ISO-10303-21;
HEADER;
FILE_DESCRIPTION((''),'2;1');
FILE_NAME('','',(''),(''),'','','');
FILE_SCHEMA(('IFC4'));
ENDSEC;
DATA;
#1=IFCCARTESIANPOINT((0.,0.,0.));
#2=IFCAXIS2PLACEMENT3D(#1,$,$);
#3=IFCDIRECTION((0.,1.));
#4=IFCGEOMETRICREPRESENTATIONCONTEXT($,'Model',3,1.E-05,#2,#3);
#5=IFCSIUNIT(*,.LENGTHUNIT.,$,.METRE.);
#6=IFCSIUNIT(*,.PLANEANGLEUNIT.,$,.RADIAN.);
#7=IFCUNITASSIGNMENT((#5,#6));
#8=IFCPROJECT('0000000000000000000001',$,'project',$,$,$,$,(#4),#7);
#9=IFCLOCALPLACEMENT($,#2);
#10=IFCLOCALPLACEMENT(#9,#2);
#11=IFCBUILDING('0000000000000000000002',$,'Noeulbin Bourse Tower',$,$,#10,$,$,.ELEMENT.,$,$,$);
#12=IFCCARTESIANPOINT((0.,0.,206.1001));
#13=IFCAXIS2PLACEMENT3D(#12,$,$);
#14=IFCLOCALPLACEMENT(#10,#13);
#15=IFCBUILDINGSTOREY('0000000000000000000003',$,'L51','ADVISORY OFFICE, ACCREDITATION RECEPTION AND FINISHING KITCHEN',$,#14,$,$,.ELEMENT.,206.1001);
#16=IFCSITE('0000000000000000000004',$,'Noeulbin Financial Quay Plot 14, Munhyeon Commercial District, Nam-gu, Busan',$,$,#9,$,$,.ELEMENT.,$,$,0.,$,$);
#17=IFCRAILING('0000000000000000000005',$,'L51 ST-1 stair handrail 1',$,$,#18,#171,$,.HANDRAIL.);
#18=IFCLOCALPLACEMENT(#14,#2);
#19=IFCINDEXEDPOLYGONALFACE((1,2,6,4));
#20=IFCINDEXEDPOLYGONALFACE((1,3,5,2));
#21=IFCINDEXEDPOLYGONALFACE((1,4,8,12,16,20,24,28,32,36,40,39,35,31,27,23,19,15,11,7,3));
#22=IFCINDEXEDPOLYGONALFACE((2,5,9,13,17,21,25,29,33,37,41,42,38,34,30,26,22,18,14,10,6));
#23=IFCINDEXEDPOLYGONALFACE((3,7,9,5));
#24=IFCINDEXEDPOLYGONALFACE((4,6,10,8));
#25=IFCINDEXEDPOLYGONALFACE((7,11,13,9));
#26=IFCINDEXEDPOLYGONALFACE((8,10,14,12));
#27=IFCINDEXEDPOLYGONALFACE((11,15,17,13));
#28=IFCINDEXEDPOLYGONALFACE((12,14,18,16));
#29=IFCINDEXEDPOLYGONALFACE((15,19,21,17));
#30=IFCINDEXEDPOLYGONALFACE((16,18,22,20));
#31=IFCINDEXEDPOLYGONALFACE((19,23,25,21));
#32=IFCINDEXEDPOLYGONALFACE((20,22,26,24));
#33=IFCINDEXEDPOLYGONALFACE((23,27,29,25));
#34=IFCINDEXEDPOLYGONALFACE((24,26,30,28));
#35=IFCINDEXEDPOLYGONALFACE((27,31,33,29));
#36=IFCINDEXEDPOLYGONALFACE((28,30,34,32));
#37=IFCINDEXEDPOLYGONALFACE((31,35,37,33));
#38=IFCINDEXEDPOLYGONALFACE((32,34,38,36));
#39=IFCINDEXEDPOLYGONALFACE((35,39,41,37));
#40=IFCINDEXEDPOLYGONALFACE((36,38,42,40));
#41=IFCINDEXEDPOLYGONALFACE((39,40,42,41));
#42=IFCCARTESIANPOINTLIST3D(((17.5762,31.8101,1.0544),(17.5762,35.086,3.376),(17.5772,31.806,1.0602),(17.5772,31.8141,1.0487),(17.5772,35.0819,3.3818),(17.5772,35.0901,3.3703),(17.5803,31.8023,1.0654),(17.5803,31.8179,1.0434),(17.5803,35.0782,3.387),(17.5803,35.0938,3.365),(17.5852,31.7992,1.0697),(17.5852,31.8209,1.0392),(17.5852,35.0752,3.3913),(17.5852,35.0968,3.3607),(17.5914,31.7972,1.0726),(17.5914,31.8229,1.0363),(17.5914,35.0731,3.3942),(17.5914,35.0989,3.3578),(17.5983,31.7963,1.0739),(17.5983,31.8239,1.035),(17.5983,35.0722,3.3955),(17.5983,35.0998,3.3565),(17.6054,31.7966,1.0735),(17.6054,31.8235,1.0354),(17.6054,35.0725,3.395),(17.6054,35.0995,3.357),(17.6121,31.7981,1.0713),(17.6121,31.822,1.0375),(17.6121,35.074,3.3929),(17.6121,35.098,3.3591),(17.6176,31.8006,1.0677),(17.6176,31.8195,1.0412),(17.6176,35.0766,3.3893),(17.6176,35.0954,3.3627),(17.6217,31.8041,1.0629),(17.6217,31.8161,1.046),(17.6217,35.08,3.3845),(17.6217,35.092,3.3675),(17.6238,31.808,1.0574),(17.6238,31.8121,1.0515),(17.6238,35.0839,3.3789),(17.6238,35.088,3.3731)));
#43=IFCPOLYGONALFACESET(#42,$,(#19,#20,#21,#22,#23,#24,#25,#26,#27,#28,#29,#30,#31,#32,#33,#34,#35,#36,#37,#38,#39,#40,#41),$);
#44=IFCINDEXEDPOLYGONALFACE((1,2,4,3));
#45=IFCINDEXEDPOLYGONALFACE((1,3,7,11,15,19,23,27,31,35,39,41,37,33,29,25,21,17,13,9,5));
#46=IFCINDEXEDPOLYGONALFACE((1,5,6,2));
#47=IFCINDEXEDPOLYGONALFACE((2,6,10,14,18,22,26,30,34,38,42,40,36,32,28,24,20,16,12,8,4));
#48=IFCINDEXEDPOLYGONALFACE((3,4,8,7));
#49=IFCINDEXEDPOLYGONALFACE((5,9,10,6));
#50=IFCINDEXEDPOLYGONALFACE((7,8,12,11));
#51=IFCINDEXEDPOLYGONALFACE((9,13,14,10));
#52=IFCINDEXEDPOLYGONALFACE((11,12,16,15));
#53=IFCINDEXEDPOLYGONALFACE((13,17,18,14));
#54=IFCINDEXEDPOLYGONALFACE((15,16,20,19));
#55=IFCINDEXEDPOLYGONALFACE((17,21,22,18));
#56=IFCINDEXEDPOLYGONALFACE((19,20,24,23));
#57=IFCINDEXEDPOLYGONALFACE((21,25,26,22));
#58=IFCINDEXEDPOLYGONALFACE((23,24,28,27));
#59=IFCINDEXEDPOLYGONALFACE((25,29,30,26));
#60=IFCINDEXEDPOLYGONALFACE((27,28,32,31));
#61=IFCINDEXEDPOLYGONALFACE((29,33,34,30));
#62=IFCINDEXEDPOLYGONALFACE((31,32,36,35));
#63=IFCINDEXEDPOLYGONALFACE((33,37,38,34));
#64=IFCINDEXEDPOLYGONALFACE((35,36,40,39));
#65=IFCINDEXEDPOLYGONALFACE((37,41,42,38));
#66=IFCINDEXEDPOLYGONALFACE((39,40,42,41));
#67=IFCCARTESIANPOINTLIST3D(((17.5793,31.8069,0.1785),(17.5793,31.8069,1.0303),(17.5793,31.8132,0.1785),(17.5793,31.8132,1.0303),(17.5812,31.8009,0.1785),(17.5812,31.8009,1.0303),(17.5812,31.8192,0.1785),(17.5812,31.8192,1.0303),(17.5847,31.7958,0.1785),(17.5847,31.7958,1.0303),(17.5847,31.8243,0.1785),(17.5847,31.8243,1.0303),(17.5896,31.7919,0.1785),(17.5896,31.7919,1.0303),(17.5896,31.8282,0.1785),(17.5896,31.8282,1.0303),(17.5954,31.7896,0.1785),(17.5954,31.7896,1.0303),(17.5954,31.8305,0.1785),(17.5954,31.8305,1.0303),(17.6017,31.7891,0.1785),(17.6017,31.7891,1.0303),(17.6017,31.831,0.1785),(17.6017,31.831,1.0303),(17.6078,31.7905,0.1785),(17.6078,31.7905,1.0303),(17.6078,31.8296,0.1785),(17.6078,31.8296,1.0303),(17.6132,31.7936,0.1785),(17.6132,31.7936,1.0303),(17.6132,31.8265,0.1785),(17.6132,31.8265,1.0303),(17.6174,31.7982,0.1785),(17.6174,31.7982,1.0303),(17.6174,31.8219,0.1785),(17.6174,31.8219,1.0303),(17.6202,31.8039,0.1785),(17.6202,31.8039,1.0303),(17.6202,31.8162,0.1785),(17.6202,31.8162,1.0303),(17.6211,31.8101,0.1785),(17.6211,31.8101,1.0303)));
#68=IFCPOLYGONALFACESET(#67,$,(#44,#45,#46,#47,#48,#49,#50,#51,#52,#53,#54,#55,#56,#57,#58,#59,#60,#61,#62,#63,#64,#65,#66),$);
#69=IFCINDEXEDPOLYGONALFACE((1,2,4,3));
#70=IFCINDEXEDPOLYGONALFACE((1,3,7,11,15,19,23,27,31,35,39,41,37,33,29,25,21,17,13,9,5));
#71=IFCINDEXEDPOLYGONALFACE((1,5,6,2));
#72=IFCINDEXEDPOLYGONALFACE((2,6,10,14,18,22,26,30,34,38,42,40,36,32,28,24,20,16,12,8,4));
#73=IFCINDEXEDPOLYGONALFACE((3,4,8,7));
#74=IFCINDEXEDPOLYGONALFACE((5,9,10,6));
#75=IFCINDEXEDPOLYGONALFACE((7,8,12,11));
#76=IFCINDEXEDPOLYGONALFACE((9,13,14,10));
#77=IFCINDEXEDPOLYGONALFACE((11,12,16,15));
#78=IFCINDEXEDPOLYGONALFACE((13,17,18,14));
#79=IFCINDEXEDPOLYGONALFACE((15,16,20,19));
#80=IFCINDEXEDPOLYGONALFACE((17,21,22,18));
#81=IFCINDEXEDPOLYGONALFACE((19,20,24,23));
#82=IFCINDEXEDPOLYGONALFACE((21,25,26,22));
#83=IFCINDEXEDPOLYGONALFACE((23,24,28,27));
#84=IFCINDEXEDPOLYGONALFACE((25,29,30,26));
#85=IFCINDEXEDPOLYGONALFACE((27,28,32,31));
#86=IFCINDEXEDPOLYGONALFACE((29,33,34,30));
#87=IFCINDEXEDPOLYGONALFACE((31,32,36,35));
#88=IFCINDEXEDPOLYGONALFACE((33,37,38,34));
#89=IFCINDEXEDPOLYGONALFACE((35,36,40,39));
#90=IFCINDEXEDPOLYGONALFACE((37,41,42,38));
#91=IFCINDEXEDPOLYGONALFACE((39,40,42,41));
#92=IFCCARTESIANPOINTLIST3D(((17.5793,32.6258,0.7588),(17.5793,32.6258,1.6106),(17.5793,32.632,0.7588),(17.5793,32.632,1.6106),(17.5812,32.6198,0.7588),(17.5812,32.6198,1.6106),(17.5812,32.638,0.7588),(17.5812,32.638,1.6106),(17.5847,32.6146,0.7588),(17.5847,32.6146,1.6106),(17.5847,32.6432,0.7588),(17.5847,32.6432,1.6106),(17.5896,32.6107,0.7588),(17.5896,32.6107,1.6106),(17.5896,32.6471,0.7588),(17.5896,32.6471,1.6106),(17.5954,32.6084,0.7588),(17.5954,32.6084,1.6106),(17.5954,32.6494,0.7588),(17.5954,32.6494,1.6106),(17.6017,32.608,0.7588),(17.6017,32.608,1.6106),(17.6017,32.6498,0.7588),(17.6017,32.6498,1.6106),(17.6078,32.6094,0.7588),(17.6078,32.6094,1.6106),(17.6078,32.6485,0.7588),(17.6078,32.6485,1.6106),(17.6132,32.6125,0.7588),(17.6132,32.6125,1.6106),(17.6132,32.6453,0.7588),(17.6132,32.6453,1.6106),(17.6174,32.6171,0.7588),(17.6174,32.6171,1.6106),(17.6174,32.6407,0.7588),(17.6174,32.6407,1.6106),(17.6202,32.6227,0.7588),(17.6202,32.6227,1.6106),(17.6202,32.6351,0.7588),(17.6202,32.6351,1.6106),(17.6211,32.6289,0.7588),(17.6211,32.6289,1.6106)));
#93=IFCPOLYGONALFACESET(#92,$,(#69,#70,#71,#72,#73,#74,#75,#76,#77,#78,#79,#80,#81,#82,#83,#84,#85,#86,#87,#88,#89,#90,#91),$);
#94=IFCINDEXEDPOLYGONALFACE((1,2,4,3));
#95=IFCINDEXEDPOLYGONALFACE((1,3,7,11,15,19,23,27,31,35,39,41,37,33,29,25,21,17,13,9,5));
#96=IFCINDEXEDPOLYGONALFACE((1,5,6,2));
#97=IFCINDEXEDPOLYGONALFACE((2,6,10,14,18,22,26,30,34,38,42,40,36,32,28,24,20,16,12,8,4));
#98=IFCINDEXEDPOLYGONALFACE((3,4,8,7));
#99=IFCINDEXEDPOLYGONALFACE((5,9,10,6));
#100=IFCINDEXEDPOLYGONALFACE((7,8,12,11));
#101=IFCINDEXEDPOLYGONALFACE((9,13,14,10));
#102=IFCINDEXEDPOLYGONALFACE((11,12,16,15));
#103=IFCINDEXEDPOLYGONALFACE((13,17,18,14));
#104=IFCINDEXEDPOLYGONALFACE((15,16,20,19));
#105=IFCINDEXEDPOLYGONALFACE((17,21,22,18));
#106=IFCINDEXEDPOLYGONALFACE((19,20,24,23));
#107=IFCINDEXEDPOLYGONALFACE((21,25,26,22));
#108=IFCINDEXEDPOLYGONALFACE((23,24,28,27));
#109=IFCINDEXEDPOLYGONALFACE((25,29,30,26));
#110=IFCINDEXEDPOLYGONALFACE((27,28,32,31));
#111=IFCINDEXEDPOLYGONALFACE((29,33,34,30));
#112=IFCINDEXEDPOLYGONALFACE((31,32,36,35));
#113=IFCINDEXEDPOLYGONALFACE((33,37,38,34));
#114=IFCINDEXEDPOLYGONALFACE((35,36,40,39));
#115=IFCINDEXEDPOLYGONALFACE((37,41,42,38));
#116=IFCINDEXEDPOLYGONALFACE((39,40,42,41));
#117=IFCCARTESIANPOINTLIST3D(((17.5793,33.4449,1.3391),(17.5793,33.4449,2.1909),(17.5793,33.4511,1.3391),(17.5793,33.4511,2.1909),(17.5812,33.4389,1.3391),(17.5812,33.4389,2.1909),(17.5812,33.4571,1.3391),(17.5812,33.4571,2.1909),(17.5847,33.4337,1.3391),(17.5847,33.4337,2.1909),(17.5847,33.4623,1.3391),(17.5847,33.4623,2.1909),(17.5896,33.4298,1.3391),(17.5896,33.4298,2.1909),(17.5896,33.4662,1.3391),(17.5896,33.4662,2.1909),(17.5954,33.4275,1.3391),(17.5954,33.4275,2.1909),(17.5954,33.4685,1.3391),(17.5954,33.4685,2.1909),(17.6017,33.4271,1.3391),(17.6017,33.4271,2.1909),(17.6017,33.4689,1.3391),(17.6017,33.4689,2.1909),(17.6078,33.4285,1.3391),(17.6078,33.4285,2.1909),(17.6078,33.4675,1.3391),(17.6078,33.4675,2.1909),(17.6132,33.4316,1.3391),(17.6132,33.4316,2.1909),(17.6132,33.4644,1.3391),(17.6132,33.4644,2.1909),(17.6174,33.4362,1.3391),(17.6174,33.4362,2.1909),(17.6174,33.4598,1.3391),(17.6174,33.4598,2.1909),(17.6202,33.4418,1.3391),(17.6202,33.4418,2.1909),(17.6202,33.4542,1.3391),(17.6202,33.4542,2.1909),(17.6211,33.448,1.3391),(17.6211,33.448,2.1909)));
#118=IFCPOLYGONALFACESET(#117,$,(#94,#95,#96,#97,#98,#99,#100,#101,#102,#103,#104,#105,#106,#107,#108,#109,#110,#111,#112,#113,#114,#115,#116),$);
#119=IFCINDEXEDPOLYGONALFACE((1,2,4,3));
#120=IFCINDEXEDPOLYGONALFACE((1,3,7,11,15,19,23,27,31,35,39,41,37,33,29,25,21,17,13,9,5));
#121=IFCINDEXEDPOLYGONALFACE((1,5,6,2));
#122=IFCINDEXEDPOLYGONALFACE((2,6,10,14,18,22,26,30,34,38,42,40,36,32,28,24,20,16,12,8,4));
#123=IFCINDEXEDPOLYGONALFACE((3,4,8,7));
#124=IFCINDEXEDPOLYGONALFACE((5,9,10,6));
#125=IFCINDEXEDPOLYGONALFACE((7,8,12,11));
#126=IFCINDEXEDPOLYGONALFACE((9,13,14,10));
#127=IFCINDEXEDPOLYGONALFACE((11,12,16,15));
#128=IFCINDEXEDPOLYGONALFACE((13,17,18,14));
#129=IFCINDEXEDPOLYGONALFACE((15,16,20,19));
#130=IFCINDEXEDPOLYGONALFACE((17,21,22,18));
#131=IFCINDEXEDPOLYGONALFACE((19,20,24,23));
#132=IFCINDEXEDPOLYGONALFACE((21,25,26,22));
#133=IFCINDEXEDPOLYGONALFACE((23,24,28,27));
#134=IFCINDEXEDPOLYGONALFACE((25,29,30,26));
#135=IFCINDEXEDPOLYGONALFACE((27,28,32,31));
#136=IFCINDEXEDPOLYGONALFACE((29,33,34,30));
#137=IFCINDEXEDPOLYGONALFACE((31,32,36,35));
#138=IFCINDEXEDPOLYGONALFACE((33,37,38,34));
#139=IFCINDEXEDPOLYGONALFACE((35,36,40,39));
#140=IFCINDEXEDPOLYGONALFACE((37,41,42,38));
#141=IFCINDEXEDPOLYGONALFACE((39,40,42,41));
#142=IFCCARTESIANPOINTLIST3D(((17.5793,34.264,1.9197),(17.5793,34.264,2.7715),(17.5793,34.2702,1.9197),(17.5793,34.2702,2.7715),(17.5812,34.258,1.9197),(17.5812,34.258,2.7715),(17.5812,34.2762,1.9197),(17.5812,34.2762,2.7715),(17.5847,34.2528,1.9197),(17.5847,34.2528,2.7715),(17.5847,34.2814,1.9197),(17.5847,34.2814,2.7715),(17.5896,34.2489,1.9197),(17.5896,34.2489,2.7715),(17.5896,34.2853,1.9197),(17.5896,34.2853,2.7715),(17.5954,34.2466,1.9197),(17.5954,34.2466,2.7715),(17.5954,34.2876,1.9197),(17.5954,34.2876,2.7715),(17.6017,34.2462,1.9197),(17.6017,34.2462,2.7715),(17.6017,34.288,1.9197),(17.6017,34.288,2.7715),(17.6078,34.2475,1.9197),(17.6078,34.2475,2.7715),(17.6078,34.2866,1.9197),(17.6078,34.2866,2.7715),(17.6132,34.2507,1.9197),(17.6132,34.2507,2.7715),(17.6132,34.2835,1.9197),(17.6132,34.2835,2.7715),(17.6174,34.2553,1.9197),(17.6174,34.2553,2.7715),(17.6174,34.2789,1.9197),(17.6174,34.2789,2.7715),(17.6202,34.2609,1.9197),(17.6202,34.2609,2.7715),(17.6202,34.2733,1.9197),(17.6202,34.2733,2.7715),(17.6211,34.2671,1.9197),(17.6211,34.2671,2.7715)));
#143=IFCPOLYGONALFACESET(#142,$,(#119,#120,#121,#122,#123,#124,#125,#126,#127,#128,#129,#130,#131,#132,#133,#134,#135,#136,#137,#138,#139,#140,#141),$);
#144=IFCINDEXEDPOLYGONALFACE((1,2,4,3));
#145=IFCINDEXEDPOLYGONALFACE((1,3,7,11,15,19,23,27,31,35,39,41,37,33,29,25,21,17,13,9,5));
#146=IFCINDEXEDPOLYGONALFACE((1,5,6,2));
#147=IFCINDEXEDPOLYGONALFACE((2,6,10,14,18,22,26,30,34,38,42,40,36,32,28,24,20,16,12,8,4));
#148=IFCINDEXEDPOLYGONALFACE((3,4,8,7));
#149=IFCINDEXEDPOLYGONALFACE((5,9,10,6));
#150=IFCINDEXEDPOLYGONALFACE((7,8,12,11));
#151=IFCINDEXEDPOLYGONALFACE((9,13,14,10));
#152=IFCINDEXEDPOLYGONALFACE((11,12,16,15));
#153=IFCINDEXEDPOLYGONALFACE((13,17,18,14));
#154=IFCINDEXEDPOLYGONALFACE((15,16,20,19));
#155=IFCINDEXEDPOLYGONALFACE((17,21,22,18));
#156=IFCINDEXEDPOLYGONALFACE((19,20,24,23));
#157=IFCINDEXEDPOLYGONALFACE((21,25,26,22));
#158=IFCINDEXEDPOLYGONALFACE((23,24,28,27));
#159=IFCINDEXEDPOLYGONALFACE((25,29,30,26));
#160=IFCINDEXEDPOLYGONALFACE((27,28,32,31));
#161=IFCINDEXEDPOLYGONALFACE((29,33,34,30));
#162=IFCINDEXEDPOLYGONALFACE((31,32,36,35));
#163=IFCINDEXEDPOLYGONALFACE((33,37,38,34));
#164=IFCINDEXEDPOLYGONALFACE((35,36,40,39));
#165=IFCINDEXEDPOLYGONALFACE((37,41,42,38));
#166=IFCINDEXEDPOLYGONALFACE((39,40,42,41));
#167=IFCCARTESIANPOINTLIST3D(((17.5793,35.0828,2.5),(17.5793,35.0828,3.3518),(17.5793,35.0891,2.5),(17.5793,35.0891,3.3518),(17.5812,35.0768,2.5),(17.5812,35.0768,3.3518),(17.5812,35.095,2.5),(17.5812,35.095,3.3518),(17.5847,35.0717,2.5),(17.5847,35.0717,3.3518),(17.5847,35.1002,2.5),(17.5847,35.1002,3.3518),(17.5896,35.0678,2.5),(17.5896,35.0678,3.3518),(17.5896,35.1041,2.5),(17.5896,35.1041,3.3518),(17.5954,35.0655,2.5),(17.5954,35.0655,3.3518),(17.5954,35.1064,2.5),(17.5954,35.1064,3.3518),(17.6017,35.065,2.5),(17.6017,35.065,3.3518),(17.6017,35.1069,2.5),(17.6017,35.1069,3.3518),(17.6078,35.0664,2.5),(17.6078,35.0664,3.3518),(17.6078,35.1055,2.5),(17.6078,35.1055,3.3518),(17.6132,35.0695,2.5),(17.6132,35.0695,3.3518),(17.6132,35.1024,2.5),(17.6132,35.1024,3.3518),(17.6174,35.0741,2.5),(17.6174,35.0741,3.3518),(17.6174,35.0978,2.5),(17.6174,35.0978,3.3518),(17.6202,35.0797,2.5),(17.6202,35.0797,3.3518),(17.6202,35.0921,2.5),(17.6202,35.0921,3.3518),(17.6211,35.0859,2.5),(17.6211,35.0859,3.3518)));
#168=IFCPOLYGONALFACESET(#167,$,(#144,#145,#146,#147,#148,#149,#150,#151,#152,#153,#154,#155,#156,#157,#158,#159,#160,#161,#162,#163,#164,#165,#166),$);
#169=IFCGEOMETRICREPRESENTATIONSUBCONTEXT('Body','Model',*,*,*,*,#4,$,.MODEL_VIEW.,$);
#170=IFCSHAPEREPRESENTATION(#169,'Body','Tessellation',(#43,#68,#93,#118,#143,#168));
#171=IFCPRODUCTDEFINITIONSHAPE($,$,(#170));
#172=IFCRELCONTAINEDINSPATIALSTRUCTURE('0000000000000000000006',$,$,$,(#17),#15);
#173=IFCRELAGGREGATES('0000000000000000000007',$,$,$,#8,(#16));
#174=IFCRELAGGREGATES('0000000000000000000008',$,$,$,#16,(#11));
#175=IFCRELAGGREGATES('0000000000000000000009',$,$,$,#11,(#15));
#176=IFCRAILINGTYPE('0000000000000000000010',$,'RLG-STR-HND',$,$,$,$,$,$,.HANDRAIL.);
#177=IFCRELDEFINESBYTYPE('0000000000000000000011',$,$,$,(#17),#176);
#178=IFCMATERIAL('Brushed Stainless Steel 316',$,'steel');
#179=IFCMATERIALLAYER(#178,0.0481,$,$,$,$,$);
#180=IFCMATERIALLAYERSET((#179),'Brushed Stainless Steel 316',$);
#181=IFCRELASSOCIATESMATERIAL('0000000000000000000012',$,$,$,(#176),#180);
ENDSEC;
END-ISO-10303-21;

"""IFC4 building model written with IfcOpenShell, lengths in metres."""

from ifc_helpers import new_model, si_unit, direction, frame, origin, origin_2d, place, context, subcontext, project, spatial, circle, extrude, material, layer, layer_set, type_object, element, save


model = new_model("IFC4")

# Units and contexts
model_context = context("Model", 3, precision=1e-05, world=origin(), true_north=direction((0.0, 1.0)))
body_context = subcontext(model_context, "Body", "Model", "MODEL_VIEW")
ifc_project = project(units=[si_unit("LENGTHUNIT", "METRE"), si_unit("PLANEANGLEUNIT", "RADIAN")], contexts=[model_context])

# Site, building, storey
site_placement = place(None, origin())
site = spatial("IfcSite", under=ifc_project, at=site_placement, Name="Noeulbin Financial Quay Plot 14, Munhyeon Commercial District, Nam-gu, Busan", CompositionType="ELEMENT", RefElevation=0.0)
building_placement = place(site_placement, origin())
building = spatial("IfcBuilding", under=site, at=building_placement, Name="Noeulbin Bourse Tower", CompositionType="ELEMENT")
storey_placement = place(building_placement, frame((0.0, 0.0, 206.1001)))
storey = spatial("IfcBuildingStorey", under=building, at=storey_placement, Name="L51", Description="ADVISORY OFFICE, ACCREDITATION RECEPTION AND FINISHING KITCHEN", CompositionType="ELEMENT", Elevation=206.1001)

# Shared definitions
ifc_material_1 = material(Name="Brushed Stainless Steel 316", Category="steel")

# Railing
ifc_layer_1 = layer(ifc_material_1, 0.0481)
ifc_layer_set_1 = layer_set([ifc_layer_1], Name="Brushed Stainless Steel 316")
railing_type_1 = type_object("IfcRailingType", Name="RLG-STR-HND", PredefinedType="HANDRAIL", material=ifc_layer_set_1)
railing_1_placement = place(storey_placement, frame((17.6001, 31.8101, 0.1785)))
element("IfcRailing", 1, at=railing_1_placement, inside=storey, type_object=railing_type_1, Name="L51 ST-1 stair handrail 1", PredefinedType="HANDRAIL", context=body_context, shape_type="SweptSolid", body=[
    extrude(circle(Radius=0.0239, at=origin_2d()), frame((0.0, 0.0, 0.876), z_axis=(0.0, 0.815893, 0.578203), x_axis=(-1.0, 0.0, 0.0)), (0.0, 0.0, 1.0), 4.0151),
    extrude(circle(Radius=0.021, at=origin_2d()), origin(), (0.0, 0.0, 1.0), 0.8518),
    extrude(circle(Radius=0.021, at=origin_2d()), frame((0.0, 0.8188, 0.5803)), (0.0, 0.0, 1.0), 0.8518),
    extrude(circle(Radius=0.021, at=origin_2d()), frame((0.0, 1.6379, 1.1606)), (0.0, 0.0, 1.0), 0.8518),
    extrude(circle(Radius=0.021, at=origin_2d()), frame((0.0, 2.457, 1.7412)), (0.0, 0.0, 1.0), 0.8518),
    extrude(circle(Radius=0.021, at=origin_2d()), frame((0.0, 3.2759, 2.3215)), (0.0, 0.0, 1.0), 0.8518),
])

save(model, "model.ifc")
